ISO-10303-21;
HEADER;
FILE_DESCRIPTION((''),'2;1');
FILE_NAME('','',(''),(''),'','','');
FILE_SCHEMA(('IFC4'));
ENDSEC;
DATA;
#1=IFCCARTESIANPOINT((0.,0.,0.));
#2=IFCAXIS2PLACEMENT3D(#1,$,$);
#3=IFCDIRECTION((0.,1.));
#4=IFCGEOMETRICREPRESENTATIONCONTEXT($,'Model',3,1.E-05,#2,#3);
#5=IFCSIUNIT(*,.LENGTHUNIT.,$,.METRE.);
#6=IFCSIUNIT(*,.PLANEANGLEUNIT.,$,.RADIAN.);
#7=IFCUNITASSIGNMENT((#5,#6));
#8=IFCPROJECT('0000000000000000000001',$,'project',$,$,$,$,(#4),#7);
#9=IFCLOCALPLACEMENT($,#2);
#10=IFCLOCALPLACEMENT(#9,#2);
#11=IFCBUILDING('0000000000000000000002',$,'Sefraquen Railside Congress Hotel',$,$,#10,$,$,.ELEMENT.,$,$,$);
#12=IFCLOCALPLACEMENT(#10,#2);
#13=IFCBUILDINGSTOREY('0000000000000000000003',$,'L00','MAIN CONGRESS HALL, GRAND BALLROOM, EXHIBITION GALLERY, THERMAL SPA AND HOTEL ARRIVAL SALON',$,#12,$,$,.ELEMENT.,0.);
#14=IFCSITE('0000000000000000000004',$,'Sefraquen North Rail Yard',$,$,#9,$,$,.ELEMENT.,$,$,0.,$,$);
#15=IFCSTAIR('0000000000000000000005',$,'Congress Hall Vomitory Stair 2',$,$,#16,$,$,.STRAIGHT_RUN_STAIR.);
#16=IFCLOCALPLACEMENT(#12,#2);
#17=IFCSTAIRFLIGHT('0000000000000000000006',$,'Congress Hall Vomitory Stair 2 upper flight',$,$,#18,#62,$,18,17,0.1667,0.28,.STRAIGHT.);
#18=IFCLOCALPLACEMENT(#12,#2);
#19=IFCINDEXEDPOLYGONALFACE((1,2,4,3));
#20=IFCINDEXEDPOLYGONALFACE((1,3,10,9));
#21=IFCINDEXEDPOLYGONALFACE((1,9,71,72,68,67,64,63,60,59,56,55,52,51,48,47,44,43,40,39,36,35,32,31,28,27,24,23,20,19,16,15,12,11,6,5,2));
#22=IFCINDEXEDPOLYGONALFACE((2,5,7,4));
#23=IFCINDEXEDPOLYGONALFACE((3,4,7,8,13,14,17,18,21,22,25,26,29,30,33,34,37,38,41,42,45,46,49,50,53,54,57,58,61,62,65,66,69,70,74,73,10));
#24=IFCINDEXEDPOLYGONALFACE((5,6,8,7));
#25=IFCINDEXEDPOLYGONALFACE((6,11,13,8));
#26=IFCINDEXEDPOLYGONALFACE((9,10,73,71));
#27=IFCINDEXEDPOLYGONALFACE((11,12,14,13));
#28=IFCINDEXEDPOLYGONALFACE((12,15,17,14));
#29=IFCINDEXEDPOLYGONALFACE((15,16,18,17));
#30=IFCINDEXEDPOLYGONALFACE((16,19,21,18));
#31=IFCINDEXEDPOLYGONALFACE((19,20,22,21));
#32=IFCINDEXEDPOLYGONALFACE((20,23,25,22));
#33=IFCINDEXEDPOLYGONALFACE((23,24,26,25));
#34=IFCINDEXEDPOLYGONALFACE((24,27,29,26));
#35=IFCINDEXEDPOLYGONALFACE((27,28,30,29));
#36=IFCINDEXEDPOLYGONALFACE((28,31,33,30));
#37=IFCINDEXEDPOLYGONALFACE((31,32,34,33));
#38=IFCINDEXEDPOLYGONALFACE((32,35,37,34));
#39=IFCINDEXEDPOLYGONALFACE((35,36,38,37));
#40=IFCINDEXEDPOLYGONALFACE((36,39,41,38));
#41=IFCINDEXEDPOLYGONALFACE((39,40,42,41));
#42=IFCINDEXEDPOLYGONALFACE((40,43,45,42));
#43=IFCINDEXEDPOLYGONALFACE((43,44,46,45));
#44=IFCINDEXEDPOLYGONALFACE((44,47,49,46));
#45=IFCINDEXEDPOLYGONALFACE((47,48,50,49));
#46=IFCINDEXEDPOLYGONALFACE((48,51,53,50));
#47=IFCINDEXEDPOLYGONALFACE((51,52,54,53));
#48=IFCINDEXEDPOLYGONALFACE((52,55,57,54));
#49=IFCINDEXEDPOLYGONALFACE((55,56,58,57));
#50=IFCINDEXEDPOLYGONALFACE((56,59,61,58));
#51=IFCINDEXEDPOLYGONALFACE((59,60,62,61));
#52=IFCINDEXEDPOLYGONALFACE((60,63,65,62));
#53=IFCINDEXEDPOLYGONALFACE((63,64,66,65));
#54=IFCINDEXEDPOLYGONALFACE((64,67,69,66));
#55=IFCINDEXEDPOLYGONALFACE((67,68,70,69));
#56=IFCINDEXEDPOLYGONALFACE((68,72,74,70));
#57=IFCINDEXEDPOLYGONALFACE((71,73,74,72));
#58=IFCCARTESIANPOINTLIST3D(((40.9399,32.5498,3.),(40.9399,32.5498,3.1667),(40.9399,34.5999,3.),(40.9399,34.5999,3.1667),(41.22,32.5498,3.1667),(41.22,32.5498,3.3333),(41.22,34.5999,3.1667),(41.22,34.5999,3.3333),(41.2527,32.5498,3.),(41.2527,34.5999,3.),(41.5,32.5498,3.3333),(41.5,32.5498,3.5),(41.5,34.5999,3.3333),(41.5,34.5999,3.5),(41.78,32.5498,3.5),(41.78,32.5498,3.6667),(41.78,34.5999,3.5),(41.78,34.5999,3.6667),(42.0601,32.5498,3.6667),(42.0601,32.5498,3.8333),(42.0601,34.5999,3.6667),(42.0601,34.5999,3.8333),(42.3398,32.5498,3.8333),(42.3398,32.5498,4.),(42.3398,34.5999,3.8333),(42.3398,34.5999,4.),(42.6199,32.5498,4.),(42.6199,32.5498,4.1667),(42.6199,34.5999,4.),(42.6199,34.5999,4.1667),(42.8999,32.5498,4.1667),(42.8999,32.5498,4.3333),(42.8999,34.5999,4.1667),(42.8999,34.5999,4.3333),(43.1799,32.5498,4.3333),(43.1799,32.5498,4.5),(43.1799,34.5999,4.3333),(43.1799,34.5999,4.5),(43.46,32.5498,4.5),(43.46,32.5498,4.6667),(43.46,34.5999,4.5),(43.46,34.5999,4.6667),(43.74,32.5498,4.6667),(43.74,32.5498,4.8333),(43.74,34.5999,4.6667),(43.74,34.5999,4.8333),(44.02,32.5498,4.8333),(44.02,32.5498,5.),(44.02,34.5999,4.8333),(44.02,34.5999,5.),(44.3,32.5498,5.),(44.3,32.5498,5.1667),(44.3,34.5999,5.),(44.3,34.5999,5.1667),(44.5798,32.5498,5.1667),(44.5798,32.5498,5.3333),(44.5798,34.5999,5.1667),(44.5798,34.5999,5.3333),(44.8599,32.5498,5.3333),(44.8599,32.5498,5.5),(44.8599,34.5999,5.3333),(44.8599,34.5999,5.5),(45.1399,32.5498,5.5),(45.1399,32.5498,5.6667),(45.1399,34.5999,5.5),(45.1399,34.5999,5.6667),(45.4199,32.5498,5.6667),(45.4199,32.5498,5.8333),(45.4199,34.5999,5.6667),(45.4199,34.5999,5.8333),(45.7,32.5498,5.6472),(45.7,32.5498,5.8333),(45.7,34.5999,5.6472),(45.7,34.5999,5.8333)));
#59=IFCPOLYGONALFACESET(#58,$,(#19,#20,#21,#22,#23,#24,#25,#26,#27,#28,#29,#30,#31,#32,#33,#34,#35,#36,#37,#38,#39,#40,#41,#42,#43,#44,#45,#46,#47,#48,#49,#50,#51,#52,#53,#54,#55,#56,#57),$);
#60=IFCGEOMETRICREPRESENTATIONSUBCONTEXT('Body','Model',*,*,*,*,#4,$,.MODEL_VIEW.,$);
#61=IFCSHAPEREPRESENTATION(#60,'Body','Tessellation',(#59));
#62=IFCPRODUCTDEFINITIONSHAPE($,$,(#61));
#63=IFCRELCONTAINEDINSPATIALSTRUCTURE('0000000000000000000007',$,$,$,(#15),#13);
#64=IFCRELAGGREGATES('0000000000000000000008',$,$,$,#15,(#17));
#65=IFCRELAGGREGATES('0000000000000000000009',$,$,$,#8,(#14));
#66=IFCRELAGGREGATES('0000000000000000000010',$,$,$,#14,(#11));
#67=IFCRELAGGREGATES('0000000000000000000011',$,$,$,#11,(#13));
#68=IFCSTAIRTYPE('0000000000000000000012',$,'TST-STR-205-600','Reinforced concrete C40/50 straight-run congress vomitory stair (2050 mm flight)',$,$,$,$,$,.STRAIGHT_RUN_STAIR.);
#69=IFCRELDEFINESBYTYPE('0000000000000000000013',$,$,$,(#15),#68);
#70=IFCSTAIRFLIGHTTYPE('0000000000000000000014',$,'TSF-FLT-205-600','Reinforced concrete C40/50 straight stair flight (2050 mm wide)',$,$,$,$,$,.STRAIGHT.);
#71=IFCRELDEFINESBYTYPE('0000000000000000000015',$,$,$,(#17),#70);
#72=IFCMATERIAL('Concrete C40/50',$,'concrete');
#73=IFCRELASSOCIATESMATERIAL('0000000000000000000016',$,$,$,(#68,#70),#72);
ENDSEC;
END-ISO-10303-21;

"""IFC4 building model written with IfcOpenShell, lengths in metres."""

from ifc_helpers import new_model, si_unit, direction, frame, origin, place, context, subcontext, project, spatial, polyline, outline, extrude, material, type_object, element, aggregate, save


model = new_model("IFC4")

# Units and contexts
model_context = context("Model", 3, precision=1e-05, world=origin(), true_north=direction((0.0, 1.0)))
body_context = subcontext(model_context, "Body", "Model", "MODEL_VIEW")
ifc_project = project(units=[si_unit("LENGTHUNIT", "METRE"), si_unit("PLANEANGLEUNIT", "RADIAN")], contexts=[model_context])

# Site, building, storey
site_placement = place(None, origin())
site = spatial("IfcSite", under=ifc_project, at=site_placement, Name="Sefraquen North Rail Yard", CompositionType="ELEMENT", RefElevation=0.0)
building_placement = place(site_placement, origin())
building = spatial("IfcBuilding", under=site, at=building_placement, Name="Sefraquen Railside Congress Hotel", CompositionType="ELEMENT")
storey_placement = place(building_placement, origin())
storey = spatial("IfcBuildingStorey", under=building, at=storey_placement, Name="L00", Description="MAIN CONGRESS HALL, GRAND BALLROOM, EXHIBITION GALLERY, THERMAL SPA AND HOTEL ARRIVAL SALON", CompositionType="ELEMENT", Elevation=0.0)

# Stair, stair flight
ifc_material_1 = material(Name="Concrete C40/50", Category="concrete")
stair_type = type_object("IfcStairType", Name="TST-STR-205-600", Description="Reinforced concrete C40/50 straight-run congress vomitory stair (2050 mm flight)", PredefinedType="STRAIGHT_RUN_STAIR", material=ifc_material_1)
stair_placement = place(storey_placement, origin())
stair = element("IfcStair", 1, at=stair_placement, inside=storey, type_object=stair_type, Name="Congress Hall Vomitory Stair 2", PredefinedType="STRAIGHT_RUN_STAIR")
stair_flight_type = type_object("IfcStairFlightType", Name="TSF-FLT-205-600", Description="Reinforced concrete C40/50 straight stair flight (2050 mm wide)", PredefinedType="STRAIGHT", material=ifc_material_1)
stair_flight_placement = place(storey_placement, frame((40.9399, 33.575, 3.0), z_axis=(0.0, 0.0, 1.0), x_axis=(1.0, 0.0, 0.0)))
stair_flight = element("IfcStairFlight", 2, at=stair_flight_placement, type_object=stair_flight_type, Name="Congress Hall Vomitory Stair 2 upper flight", NumberOfRisers=18, NumberOfTreads=17, PredefinedType="STRAIGHT", RiserHeight=0.1667, TreadLength=0.28, context=body_context, shape_type="SweptSolid", body=[
    extrude(outline(polyline([(0.0, 0.0), (0.0, 0.1667), (0.28, 0.1667), (0.28, 0.3333), (0.5601, 0.3333), (0.5601, 0.5), (0.8401, 0.5), (0.8401, 0.6667), (1.1201, 0.6667), (1.1201, 0.8333), (1.3999, 0.8333), (1.3999, 1.0), (1.6799, 1.0), (1.6799, 1.1667), (1.96, 1.1667), (1.96, 1.3333), (2.24, 1.3333), (2.24, 1.5), (2.52, 1.5), (2.52, 1.6667), (2.8, 1.6667), (2.8, 1.8333), (3.0801, 1.8333), (3.0801, 2.0), (3.3601, 2.0), (3.3601, 2.1667), (3.6399, 2.1667), (3.6399, 2.3333), (3.9199, 2.3333), (3.9199, 2.5), (4.2, 2.5), (4.2, 2.6667), (4.48, 2.6667), (4.48, 2.8333), (4.76, 2.8333), (4.76, 3.0), (4.76, 2.6472), (0.3127, 0.0), (0.0, 0.0)])), frame((0.0, 1.0249, 0.0), z_axis=(0.0, -1.0, 0.0), x_axis=(1.0, 0.0, 0.0)), (0.0, 0.0, 1.0), 2.05),
])
aggregate(stair, [stair_flight])

save(model, "model.ifc")
